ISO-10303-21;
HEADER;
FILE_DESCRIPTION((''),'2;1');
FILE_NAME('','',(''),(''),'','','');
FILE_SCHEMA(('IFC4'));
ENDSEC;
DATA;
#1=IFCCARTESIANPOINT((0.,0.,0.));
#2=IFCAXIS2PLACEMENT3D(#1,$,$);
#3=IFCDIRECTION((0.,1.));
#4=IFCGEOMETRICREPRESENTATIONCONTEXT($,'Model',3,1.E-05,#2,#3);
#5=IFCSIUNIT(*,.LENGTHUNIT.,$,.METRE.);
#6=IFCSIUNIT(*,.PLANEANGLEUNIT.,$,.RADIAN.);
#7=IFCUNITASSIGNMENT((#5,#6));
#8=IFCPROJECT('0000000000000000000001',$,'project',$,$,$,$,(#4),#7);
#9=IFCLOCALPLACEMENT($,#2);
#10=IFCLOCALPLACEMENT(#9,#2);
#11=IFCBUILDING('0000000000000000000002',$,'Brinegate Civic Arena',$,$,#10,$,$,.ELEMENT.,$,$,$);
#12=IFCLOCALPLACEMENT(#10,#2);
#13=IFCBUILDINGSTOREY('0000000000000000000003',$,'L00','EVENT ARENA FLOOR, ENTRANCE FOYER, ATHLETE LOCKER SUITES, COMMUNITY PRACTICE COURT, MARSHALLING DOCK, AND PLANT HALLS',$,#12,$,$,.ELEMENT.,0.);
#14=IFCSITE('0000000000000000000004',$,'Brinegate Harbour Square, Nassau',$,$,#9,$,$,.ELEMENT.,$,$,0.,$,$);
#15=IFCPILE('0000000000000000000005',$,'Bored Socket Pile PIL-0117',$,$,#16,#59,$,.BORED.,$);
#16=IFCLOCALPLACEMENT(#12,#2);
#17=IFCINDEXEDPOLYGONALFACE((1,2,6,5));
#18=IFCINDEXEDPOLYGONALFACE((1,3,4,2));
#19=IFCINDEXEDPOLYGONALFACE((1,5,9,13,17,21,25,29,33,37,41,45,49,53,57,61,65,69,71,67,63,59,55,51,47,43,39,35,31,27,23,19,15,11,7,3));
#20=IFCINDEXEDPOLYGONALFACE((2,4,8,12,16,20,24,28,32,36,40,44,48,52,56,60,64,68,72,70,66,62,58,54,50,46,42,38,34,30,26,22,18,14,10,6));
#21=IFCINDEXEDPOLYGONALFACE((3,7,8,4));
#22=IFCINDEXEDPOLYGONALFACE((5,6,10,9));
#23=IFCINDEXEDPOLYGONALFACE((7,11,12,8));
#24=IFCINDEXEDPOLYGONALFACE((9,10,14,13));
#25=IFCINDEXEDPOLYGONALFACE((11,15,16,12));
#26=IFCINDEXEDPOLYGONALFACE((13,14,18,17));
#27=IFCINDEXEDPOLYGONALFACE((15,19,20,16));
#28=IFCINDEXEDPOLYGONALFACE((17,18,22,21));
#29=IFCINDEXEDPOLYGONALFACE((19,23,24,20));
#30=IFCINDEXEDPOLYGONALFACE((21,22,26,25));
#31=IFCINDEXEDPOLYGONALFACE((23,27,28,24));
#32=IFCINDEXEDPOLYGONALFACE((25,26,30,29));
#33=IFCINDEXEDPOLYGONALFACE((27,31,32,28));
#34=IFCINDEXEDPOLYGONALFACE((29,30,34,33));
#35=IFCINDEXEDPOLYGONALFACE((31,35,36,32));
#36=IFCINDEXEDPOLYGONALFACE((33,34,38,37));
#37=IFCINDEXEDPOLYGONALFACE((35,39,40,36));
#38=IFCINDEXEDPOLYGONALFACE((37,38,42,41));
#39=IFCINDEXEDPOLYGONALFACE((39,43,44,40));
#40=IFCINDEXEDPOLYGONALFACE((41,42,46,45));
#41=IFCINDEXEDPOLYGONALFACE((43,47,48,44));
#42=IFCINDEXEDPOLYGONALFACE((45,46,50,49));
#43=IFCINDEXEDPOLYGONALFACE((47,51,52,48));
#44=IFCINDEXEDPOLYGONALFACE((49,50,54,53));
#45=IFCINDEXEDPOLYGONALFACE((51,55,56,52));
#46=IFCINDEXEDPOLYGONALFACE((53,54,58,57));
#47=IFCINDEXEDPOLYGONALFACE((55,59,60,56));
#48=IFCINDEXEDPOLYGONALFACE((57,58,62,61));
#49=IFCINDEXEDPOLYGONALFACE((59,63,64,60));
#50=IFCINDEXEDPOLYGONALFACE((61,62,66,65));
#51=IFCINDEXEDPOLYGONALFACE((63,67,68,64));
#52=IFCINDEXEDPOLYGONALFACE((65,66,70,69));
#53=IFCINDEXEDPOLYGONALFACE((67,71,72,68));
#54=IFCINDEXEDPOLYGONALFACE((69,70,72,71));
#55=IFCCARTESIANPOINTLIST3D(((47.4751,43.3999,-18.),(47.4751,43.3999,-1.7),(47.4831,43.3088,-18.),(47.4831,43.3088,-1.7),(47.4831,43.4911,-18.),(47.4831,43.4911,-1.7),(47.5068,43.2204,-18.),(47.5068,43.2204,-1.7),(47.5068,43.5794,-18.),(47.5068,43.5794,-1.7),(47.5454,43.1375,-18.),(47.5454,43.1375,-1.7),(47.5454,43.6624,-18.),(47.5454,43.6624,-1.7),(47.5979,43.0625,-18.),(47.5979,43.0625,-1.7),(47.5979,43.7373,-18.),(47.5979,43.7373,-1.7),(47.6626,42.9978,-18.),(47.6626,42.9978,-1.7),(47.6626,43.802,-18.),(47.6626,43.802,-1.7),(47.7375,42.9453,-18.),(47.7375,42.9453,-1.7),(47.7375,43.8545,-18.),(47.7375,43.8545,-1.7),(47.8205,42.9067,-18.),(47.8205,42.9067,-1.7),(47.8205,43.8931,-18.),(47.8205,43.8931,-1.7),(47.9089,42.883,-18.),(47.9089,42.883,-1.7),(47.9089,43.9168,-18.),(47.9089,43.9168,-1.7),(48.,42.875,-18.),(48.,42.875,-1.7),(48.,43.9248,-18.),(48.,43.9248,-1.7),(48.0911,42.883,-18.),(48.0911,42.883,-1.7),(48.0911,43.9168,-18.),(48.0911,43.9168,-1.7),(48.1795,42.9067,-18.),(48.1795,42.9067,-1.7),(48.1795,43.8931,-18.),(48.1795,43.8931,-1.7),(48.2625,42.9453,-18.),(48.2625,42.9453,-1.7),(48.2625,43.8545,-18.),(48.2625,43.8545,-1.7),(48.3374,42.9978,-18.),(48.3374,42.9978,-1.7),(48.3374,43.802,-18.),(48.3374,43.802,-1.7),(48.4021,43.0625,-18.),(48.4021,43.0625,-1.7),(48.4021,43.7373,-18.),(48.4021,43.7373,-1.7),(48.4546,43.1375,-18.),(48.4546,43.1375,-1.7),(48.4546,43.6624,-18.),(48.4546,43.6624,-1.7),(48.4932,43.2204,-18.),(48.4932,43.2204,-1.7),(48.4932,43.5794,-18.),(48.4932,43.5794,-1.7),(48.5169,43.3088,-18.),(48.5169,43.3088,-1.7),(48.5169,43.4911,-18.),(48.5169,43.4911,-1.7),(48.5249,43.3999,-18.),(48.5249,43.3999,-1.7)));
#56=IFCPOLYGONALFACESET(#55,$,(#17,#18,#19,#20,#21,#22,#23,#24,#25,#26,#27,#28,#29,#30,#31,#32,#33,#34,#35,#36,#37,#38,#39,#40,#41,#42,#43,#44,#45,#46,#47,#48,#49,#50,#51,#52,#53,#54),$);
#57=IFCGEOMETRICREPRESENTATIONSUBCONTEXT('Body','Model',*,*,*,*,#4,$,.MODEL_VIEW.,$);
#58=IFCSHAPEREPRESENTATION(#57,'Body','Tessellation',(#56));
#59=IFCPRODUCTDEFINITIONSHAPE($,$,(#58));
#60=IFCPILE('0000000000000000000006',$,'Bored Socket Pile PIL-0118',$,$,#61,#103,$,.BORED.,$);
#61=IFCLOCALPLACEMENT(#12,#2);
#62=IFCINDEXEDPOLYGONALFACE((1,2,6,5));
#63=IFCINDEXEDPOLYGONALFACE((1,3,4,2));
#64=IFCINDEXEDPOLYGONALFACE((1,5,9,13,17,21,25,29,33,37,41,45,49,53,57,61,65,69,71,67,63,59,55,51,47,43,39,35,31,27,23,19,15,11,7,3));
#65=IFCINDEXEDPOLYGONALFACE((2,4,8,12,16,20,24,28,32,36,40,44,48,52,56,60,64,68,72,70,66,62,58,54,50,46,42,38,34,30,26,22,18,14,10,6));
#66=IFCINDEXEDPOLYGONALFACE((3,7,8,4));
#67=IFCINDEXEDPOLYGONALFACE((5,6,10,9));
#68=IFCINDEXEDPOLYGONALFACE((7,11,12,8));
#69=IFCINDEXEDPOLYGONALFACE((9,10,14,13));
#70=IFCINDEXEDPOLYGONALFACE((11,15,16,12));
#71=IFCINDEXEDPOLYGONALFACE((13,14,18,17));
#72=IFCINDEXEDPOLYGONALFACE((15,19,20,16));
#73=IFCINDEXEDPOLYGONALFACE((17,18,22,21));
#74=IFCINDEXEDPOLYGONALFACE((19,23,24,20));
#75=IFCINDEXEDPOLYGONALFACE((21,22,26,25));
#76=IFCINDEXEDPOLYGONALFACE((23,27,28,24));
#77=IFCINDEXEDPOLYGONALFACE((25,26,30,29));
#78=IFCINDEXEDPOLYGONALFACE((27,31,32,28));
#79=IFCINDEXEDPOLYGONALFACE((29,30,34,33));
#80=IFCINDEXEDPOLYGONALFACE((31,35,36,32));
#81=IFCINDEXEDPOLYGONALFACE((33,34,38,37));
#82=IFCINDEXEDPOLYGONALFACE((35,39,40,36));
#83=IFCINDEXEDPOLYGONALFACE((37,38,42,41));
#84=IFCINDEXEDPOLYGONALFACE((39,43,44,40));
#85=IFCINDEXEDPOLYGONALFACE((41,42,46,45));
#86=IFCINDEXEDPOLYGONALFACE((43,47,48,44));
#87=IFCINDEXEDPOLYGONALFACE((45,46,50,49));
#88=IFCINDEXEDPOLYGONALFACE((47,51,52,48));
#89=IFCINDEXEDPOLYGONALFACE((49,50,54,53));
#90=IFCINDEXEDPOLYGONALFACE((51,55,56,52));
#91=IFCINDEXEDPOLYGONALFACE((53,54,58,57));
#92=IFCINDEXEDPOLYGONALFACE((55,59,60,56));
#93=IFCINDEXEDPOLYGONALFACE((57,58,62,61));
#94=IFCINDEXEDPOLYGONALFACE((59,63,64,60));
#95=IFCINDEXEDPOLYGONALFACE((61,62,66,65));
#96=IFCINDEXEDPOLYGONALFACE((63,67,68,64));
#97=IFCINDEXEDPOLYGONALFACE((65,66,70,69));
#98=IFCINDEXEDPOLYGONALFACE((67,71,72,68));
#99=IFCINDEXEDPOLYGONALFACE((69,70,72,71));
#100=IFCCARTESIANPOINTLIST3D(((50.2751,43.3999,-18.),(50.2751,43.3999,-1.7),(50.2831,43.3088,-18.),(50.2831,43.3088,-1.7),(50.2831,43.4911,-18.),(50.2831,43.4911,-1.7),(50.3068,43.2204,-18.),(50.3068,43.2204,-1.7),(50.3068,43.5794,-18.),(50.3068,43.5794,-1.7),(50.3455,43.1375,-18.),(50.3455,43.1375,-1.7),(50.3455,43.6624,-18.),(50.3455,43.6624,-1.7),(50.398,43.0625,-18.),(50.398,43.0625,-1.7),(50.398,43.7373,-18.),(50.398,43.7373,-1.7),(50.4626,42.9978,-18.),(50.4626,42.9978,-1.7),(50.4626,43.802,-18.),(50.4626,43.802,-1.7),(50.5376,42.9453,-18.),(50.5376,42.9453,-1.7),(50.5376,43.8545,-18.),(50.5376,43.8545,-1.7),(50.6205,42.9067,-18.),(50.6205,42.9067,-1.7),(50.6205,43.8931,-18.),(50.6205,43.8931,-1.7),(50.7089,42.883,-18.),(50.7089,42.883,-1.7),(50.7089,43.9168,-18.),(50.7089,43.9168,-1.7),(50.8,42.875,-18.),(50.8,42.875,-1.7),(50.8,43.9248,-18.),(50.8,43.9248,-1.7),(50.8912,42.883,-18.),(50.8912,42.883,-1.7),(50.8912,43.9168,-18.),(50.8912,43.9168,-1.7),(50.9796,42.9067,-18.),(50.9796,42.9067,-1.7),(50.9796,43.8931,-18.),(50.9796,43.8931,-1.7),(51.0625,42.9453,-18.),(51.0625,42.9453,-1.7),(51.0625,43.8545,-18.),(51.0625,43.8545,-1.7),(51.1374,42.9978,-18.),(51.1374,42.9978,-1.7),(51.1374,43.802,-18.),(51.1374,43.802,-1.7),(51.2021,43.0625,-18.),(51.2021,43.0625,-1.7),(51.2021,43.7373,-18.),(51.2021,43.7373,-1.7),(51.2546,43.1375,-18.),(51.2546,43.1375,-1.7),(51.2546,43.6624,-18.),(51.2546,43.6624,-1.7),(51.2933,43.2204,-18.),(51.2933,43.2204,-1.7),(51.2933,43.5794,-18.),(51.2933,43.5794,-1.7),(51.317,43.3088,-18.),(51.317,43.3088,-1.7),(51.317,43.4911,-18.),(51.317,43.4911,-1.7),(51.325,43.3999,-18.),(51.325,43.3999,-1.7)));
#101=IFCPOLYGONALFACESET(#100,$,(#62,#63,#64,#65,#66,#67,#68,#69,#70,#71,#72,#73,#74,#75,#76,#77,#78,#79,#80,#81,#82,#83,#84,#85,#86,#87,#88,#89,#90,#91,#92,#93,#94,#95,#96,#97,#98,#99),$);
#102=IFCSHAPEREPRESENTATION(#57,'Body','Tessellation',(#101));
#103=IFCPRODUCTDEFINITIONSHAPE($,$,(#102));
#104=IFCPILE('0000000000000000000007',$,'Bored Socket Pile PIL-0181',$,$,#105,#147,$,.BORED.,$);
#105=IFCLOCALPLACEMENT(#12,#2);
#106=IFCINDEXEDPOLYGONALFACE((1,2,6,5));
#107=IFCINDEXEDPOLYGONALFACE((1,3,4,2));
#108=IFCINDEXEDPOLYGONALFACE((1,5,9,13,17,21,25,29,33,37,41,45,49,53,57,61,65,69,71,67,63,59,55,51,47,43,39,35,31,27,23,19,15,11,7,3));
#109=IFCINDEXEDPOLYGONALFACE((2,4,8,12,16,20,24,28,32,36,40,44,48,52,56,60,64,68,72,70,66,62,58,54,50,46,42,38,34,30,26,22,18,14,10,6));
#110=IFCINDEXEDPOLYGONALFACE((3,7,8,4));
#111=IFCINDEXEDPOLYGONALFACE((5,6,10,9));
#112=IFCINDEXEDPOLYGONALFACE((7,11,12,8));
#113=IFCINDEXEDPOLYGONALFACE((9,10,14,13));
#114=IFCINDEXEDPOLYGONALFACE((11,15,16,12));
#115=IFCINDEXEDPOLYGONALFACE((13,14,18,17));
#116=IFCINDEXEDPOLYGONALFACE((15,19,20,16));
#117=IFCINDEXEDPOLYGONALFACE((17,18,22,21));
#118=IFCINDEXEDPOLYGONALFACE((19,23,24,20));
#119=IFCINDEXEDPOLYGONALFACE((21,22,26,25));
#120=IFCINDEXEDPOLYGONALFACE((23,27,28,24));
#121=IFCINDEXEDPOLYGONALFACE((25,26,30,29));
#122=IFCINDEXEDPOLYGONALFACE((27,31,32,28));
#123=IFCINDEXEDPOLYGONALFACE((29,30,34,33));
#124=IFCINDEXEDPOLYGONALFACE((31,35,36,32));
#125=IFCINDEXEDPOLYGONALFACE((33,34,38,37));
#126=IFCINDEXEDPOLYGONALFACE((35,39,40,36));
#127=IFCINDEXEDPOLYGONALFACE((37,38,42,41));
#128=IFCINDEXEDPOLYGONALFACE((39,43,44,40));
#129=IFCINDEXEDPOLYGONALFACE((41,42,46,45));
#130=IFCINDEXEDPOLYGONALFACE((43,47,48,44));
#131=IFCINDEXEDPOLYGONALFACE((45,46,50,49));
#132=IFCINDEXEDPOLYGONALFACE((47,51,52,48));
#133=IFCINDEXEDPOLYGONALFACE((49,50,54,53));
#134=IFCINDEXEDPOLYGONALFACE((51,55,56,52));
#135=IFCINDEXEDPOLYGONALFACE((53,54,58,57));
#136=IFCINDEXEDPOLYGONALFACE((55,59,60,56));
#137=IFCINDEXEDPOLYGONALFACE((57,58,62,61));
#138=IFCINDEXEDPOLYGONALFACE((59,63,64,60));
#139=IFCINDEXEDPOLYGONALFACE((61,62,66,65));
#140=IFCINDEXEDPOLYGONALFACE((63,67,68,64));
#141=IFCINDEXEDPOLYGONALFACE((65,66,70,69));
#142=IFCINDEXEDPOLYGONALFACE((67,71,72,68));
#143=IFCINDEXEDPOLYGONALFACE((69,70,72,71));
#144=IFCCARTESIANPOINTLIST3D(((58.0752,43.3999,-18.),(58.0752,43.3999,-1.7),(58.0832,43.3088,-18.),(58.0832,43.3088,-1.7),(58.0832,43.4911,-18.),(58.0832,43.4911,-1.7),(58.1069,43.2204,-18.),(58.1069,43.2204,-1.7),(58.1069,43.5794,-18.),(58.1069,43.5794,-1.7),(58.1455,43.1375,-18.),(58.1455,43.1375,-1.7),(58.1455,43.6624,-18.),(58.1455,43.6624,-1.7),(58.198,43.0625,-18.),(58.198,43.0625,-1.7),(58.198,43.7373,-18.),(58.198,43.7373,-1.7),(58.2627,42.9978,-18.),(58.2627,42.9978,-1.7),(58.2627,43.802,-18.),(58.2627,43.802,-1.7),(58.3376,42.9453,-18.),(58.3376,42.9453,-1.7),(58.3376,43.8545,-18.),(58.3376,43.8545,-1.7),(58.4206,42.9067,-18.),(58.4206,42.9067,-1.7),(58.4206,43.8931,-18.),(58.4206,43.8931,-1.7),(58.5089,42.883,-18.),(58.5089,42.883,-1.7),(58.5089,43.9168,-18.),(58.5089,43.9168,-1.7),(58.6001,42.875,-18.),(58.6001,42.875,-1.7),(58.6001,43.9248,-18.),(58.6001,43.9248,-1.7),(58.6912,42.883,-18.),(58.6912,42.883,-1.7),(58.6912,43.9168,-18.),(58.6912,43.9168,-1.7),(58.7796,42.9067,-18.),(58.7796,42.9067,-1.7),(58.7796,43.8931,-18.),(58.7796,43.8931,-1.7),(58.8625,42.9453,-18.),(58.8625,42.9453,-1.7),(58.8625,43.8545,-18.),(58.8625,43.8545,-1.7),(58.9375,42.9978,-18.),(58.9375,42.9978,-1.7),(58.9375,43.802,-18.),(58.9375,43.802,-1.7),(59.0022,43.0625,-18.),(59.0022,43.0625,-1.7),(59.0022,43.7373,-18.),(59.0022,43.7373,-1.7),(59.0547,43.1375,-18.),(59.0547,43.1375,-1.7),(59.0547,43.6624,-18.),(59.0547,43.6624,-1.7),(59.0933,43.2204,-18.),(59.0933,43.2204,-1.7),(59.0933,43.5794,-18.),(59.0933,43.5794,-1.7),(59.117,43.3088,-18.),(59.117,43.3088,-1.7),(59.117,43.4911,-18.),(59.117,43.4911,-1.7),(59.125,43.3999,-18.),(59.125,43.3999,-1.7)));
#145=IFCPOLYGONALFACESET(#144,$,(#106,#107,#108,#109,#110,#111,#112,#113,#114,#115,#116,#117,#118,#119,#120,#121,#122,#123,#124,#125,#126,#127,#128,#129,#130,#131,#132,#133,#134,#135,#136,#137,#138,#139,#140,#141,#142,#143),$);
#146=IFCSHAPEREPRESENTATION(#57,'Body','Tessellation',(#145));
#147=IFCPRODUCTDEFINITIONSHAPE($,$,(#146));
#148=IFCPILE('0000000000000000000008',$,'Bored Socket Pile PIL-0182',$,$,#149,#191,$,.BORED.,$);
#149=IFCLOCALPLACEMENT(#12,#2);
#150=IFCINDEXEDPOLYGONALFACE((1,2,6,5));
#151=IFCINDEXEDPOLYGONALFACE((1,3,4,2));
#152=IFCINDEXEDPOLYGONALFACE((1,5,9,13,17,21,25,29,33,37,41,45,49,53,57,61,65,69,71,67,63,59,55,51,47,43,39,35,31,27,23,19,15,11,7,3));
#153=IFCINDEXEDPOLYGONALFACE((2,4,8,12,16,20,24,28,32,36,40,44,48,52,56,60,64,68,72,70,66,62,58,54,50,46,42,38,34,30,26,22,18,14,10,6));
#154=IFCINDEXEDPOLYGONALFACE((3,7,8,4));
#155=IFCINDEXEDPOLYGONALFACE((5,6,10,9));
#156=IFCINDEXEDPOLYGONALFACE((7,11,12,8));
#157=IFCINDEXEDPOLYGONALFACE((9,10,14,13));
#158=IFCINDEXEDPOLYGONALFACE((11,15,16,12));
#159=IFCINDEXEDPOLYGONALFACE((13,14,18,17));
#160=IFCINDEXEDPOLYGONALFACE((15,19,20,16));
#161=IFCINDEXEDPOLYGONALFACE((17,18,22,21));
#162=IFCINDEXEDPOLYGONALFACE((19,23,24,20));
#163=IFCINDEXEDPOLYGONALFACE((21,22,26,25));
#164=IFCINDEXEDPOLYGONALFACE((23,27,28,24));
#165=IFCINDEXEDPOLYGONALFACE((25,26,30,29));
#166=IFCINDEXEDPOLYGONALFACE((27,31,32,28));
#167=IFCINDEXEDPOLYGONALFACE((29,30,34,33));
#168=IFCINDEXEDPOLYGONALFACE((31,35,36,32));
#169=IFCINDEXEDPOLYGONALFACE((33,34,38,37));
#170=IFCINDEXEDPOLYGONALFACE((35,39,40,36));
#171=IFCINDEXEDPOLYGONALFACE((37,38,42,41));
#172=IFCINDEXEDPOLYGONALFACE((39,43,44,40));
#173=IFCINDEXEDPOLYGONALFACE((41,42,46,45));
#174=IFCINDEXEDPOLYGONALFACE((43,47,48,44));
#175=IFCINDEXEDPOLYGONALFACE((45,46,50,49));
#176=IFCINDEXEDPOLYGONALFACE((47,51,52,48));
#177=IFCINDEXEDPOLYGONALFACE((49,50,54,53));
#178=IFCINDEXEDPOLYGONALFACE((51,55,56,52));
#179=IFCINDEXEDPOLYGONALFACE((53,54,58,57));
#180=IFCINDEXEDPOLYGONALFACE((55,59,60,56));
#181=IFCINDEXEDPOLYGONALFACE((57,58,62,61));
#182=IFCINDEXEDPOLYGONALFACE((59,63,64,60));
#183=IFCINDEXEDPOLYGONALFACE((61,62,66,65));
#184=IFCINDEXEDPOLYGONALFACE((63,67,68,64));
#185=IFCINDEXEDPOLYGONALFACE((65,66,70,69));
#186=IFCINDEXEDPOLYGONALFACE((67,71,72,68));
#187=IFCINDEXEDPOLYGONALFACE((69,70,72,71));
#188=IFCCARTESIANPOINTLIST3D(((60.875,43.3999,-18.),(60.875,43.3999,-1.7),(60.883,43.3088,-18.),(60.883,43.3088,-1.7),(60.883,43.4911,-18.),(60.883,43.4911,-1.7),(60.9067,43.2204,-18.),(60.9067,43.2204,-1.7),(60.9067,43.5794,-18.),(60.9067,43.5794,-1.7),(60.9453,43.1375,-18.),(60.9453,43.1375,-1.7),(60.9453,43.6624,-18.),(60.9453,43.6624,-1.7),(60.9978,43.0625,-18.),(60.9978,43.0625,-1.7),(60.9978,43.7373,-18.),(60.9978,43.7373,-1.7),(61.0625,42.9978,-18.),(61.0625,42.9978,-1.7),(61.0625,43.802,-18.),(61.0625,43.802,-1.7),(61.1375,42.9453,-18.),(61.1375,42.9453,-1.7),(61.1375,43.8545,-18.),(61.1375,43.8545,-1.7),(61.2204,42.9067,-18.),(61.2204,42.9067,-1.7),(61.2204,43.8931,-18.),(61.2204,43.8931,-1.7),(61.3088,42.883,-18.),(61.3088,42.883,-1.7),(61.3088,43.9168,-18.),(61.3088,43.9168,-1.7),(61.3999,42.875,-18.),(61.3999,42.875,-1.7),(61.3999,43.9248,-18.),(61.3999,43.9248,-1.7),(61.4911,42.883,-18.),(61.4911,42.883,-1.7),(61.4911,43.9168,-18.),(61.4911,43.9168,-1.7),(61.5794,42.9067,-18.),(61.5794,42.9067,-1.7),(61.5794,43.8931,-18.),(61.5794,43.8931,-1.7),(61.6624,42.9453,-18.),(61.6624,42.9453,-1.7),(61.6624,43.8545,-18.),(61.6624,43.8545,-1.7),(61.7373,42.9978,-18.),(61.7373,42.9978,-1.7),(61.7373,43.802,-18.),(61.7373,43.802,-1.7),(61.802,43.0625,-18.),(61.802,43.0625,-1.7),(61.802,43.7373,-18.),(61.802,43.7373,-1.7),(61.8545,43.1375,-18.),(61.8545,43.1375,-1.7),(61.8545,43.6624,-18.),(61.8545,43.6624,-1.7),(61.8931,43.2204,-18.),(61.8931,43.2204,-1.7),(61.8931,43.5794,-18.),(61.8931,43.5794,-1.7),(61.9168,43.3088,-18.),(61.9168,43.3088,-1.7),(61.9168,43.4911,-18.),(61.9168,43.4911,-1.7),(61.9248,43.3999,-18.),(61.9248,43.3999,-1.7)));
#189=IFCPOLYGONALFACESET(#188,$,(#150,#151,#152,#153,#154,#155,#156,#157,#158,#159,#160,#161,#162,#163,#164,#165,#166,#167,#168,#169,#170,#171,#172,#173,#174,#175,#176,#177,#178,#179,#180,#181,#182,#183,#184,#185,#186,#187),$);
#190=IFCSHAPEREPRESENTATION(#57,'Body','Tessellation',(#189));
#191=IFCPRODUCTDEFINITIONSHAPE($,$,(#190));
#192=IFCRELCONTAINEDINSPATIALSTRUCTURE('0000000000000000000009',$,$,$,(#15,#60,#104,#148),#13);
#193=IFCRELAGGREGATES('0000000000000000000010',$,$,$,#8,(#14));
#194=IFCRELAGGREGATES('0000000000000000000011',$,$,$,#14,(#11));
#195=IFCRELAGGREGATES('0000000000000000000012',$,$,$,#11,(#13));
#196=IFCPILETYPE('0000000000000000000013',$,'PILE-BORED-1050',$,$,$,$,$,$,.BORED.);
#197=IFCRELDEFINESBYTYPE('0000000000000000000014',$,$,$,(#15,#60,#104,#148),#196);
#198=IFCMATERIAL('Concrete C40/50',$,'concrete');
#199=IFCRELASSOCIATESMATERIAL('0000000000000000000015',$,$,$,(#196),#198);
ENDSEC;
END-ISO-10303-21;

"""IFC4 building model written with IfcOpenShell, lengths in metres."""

from ifc_helpers import new_model, si_unit, direction, frame, origin, origin_2d, place, context, subcontext, project, spatial, circle, extrude, material, material_profile, profile_set, type_object, element, save


model = new_model("IFC4")

# Units and contexts
model_context = context("Model", 3, precision=1e-05, world=origin(), true_north=direction((0.0, 1.0)))
body_context = subcontext(model_context, "Body", "Model", "MODEL_VIEW")
ifc_project = project(units=[si_unit("LENGTHUNIT", "METRE"), si_unit("PLANEANGLEUNIT", "RADIAN")], contexts=[model_context])

# Site, building, storey
site_placement = place(None, origin())
site = spatial("IfcSite", under=ifc_project, at=site_placement, Name="Brinegate Harbour Square, Nassau", CompositionType="ELEMENT", RefElevation=0.0)
building_placement = place(site_placement, origin())
building = spatial("IfcBuilding", under=site, at=building_placement, Name="Brinegate Civic Arena", CompositionType="ELEMENT")
storey_placement = place(building_placement, origin())
storey = spatial("IfcBuildingStorey", under=building, at=storey_placement, Name="L00", Description="EVENT ARENA FLOOR, ENTRANCE FOYER, ATHLETE LOCKER SUITES, COMMUNITY PRACTICE COURT, MARSHALLING DOCK, AND PLANT HALLS", CompositionType="ELEMENT", Elevation=0.0)

# Piles
ifc_material_1 = material(Name="Concrete C40/50", Category="concrete")
ifc_material_profile_1 = material_profile(ifc_material_1, circle(Radius=0.5249, at=origin_2d()), Name="PILED1050")
ifc_profile_set_1 = profile_set([ifc_material_profile_1], Name="Concrete C40/50")
pile_type_1 = type_object("IfcPileType", Name="PILE-BORED-1050", PredefinedType="BORED", material=ifc_profile_set_1)
for number, where, z_axis, x_axis, name in (
    (1, (48.0, 43.3999, -1.7), (0.0, 0.0, -1.0), (1.0, 0.0, 0.0), "Bored Socket Pile PIL-0117"),
    (2, (50.8, 43.3999, -1.7), (0.0, 0.0, -1.0), (1.0, 0.0, 0.0), "Bored Socket Pile PIL-0118"),
    (3, (58.6001, 43.3999, -1.7), (0.0, 0.0, -1.0), (1.0, 0.0, 0.0), "Bored Socket Pile PIL-0181"),
    (4, (61.3999, 43.3999, -1.7), (0.0, 0.0, -1.0), (1.0, 0.0, 0.0), "Bored Socket Pile PIL-0182"),
):
    element("IfcPile", number, at=place(storey_placement, frame(where, z_axis=z_axis, x_axis=x_axis)), inside=storey, type_object=pile_type_1, Name=name, PredefinedType="BORED", context=body_context, shape_type="SweptSolid", body=[
        extrude(circle(Radius=0.5249, at=origin_2d()), origin(), (0.0, 0.0, 1.0), 16.3),
    ])

save(model, "model.ifc")
